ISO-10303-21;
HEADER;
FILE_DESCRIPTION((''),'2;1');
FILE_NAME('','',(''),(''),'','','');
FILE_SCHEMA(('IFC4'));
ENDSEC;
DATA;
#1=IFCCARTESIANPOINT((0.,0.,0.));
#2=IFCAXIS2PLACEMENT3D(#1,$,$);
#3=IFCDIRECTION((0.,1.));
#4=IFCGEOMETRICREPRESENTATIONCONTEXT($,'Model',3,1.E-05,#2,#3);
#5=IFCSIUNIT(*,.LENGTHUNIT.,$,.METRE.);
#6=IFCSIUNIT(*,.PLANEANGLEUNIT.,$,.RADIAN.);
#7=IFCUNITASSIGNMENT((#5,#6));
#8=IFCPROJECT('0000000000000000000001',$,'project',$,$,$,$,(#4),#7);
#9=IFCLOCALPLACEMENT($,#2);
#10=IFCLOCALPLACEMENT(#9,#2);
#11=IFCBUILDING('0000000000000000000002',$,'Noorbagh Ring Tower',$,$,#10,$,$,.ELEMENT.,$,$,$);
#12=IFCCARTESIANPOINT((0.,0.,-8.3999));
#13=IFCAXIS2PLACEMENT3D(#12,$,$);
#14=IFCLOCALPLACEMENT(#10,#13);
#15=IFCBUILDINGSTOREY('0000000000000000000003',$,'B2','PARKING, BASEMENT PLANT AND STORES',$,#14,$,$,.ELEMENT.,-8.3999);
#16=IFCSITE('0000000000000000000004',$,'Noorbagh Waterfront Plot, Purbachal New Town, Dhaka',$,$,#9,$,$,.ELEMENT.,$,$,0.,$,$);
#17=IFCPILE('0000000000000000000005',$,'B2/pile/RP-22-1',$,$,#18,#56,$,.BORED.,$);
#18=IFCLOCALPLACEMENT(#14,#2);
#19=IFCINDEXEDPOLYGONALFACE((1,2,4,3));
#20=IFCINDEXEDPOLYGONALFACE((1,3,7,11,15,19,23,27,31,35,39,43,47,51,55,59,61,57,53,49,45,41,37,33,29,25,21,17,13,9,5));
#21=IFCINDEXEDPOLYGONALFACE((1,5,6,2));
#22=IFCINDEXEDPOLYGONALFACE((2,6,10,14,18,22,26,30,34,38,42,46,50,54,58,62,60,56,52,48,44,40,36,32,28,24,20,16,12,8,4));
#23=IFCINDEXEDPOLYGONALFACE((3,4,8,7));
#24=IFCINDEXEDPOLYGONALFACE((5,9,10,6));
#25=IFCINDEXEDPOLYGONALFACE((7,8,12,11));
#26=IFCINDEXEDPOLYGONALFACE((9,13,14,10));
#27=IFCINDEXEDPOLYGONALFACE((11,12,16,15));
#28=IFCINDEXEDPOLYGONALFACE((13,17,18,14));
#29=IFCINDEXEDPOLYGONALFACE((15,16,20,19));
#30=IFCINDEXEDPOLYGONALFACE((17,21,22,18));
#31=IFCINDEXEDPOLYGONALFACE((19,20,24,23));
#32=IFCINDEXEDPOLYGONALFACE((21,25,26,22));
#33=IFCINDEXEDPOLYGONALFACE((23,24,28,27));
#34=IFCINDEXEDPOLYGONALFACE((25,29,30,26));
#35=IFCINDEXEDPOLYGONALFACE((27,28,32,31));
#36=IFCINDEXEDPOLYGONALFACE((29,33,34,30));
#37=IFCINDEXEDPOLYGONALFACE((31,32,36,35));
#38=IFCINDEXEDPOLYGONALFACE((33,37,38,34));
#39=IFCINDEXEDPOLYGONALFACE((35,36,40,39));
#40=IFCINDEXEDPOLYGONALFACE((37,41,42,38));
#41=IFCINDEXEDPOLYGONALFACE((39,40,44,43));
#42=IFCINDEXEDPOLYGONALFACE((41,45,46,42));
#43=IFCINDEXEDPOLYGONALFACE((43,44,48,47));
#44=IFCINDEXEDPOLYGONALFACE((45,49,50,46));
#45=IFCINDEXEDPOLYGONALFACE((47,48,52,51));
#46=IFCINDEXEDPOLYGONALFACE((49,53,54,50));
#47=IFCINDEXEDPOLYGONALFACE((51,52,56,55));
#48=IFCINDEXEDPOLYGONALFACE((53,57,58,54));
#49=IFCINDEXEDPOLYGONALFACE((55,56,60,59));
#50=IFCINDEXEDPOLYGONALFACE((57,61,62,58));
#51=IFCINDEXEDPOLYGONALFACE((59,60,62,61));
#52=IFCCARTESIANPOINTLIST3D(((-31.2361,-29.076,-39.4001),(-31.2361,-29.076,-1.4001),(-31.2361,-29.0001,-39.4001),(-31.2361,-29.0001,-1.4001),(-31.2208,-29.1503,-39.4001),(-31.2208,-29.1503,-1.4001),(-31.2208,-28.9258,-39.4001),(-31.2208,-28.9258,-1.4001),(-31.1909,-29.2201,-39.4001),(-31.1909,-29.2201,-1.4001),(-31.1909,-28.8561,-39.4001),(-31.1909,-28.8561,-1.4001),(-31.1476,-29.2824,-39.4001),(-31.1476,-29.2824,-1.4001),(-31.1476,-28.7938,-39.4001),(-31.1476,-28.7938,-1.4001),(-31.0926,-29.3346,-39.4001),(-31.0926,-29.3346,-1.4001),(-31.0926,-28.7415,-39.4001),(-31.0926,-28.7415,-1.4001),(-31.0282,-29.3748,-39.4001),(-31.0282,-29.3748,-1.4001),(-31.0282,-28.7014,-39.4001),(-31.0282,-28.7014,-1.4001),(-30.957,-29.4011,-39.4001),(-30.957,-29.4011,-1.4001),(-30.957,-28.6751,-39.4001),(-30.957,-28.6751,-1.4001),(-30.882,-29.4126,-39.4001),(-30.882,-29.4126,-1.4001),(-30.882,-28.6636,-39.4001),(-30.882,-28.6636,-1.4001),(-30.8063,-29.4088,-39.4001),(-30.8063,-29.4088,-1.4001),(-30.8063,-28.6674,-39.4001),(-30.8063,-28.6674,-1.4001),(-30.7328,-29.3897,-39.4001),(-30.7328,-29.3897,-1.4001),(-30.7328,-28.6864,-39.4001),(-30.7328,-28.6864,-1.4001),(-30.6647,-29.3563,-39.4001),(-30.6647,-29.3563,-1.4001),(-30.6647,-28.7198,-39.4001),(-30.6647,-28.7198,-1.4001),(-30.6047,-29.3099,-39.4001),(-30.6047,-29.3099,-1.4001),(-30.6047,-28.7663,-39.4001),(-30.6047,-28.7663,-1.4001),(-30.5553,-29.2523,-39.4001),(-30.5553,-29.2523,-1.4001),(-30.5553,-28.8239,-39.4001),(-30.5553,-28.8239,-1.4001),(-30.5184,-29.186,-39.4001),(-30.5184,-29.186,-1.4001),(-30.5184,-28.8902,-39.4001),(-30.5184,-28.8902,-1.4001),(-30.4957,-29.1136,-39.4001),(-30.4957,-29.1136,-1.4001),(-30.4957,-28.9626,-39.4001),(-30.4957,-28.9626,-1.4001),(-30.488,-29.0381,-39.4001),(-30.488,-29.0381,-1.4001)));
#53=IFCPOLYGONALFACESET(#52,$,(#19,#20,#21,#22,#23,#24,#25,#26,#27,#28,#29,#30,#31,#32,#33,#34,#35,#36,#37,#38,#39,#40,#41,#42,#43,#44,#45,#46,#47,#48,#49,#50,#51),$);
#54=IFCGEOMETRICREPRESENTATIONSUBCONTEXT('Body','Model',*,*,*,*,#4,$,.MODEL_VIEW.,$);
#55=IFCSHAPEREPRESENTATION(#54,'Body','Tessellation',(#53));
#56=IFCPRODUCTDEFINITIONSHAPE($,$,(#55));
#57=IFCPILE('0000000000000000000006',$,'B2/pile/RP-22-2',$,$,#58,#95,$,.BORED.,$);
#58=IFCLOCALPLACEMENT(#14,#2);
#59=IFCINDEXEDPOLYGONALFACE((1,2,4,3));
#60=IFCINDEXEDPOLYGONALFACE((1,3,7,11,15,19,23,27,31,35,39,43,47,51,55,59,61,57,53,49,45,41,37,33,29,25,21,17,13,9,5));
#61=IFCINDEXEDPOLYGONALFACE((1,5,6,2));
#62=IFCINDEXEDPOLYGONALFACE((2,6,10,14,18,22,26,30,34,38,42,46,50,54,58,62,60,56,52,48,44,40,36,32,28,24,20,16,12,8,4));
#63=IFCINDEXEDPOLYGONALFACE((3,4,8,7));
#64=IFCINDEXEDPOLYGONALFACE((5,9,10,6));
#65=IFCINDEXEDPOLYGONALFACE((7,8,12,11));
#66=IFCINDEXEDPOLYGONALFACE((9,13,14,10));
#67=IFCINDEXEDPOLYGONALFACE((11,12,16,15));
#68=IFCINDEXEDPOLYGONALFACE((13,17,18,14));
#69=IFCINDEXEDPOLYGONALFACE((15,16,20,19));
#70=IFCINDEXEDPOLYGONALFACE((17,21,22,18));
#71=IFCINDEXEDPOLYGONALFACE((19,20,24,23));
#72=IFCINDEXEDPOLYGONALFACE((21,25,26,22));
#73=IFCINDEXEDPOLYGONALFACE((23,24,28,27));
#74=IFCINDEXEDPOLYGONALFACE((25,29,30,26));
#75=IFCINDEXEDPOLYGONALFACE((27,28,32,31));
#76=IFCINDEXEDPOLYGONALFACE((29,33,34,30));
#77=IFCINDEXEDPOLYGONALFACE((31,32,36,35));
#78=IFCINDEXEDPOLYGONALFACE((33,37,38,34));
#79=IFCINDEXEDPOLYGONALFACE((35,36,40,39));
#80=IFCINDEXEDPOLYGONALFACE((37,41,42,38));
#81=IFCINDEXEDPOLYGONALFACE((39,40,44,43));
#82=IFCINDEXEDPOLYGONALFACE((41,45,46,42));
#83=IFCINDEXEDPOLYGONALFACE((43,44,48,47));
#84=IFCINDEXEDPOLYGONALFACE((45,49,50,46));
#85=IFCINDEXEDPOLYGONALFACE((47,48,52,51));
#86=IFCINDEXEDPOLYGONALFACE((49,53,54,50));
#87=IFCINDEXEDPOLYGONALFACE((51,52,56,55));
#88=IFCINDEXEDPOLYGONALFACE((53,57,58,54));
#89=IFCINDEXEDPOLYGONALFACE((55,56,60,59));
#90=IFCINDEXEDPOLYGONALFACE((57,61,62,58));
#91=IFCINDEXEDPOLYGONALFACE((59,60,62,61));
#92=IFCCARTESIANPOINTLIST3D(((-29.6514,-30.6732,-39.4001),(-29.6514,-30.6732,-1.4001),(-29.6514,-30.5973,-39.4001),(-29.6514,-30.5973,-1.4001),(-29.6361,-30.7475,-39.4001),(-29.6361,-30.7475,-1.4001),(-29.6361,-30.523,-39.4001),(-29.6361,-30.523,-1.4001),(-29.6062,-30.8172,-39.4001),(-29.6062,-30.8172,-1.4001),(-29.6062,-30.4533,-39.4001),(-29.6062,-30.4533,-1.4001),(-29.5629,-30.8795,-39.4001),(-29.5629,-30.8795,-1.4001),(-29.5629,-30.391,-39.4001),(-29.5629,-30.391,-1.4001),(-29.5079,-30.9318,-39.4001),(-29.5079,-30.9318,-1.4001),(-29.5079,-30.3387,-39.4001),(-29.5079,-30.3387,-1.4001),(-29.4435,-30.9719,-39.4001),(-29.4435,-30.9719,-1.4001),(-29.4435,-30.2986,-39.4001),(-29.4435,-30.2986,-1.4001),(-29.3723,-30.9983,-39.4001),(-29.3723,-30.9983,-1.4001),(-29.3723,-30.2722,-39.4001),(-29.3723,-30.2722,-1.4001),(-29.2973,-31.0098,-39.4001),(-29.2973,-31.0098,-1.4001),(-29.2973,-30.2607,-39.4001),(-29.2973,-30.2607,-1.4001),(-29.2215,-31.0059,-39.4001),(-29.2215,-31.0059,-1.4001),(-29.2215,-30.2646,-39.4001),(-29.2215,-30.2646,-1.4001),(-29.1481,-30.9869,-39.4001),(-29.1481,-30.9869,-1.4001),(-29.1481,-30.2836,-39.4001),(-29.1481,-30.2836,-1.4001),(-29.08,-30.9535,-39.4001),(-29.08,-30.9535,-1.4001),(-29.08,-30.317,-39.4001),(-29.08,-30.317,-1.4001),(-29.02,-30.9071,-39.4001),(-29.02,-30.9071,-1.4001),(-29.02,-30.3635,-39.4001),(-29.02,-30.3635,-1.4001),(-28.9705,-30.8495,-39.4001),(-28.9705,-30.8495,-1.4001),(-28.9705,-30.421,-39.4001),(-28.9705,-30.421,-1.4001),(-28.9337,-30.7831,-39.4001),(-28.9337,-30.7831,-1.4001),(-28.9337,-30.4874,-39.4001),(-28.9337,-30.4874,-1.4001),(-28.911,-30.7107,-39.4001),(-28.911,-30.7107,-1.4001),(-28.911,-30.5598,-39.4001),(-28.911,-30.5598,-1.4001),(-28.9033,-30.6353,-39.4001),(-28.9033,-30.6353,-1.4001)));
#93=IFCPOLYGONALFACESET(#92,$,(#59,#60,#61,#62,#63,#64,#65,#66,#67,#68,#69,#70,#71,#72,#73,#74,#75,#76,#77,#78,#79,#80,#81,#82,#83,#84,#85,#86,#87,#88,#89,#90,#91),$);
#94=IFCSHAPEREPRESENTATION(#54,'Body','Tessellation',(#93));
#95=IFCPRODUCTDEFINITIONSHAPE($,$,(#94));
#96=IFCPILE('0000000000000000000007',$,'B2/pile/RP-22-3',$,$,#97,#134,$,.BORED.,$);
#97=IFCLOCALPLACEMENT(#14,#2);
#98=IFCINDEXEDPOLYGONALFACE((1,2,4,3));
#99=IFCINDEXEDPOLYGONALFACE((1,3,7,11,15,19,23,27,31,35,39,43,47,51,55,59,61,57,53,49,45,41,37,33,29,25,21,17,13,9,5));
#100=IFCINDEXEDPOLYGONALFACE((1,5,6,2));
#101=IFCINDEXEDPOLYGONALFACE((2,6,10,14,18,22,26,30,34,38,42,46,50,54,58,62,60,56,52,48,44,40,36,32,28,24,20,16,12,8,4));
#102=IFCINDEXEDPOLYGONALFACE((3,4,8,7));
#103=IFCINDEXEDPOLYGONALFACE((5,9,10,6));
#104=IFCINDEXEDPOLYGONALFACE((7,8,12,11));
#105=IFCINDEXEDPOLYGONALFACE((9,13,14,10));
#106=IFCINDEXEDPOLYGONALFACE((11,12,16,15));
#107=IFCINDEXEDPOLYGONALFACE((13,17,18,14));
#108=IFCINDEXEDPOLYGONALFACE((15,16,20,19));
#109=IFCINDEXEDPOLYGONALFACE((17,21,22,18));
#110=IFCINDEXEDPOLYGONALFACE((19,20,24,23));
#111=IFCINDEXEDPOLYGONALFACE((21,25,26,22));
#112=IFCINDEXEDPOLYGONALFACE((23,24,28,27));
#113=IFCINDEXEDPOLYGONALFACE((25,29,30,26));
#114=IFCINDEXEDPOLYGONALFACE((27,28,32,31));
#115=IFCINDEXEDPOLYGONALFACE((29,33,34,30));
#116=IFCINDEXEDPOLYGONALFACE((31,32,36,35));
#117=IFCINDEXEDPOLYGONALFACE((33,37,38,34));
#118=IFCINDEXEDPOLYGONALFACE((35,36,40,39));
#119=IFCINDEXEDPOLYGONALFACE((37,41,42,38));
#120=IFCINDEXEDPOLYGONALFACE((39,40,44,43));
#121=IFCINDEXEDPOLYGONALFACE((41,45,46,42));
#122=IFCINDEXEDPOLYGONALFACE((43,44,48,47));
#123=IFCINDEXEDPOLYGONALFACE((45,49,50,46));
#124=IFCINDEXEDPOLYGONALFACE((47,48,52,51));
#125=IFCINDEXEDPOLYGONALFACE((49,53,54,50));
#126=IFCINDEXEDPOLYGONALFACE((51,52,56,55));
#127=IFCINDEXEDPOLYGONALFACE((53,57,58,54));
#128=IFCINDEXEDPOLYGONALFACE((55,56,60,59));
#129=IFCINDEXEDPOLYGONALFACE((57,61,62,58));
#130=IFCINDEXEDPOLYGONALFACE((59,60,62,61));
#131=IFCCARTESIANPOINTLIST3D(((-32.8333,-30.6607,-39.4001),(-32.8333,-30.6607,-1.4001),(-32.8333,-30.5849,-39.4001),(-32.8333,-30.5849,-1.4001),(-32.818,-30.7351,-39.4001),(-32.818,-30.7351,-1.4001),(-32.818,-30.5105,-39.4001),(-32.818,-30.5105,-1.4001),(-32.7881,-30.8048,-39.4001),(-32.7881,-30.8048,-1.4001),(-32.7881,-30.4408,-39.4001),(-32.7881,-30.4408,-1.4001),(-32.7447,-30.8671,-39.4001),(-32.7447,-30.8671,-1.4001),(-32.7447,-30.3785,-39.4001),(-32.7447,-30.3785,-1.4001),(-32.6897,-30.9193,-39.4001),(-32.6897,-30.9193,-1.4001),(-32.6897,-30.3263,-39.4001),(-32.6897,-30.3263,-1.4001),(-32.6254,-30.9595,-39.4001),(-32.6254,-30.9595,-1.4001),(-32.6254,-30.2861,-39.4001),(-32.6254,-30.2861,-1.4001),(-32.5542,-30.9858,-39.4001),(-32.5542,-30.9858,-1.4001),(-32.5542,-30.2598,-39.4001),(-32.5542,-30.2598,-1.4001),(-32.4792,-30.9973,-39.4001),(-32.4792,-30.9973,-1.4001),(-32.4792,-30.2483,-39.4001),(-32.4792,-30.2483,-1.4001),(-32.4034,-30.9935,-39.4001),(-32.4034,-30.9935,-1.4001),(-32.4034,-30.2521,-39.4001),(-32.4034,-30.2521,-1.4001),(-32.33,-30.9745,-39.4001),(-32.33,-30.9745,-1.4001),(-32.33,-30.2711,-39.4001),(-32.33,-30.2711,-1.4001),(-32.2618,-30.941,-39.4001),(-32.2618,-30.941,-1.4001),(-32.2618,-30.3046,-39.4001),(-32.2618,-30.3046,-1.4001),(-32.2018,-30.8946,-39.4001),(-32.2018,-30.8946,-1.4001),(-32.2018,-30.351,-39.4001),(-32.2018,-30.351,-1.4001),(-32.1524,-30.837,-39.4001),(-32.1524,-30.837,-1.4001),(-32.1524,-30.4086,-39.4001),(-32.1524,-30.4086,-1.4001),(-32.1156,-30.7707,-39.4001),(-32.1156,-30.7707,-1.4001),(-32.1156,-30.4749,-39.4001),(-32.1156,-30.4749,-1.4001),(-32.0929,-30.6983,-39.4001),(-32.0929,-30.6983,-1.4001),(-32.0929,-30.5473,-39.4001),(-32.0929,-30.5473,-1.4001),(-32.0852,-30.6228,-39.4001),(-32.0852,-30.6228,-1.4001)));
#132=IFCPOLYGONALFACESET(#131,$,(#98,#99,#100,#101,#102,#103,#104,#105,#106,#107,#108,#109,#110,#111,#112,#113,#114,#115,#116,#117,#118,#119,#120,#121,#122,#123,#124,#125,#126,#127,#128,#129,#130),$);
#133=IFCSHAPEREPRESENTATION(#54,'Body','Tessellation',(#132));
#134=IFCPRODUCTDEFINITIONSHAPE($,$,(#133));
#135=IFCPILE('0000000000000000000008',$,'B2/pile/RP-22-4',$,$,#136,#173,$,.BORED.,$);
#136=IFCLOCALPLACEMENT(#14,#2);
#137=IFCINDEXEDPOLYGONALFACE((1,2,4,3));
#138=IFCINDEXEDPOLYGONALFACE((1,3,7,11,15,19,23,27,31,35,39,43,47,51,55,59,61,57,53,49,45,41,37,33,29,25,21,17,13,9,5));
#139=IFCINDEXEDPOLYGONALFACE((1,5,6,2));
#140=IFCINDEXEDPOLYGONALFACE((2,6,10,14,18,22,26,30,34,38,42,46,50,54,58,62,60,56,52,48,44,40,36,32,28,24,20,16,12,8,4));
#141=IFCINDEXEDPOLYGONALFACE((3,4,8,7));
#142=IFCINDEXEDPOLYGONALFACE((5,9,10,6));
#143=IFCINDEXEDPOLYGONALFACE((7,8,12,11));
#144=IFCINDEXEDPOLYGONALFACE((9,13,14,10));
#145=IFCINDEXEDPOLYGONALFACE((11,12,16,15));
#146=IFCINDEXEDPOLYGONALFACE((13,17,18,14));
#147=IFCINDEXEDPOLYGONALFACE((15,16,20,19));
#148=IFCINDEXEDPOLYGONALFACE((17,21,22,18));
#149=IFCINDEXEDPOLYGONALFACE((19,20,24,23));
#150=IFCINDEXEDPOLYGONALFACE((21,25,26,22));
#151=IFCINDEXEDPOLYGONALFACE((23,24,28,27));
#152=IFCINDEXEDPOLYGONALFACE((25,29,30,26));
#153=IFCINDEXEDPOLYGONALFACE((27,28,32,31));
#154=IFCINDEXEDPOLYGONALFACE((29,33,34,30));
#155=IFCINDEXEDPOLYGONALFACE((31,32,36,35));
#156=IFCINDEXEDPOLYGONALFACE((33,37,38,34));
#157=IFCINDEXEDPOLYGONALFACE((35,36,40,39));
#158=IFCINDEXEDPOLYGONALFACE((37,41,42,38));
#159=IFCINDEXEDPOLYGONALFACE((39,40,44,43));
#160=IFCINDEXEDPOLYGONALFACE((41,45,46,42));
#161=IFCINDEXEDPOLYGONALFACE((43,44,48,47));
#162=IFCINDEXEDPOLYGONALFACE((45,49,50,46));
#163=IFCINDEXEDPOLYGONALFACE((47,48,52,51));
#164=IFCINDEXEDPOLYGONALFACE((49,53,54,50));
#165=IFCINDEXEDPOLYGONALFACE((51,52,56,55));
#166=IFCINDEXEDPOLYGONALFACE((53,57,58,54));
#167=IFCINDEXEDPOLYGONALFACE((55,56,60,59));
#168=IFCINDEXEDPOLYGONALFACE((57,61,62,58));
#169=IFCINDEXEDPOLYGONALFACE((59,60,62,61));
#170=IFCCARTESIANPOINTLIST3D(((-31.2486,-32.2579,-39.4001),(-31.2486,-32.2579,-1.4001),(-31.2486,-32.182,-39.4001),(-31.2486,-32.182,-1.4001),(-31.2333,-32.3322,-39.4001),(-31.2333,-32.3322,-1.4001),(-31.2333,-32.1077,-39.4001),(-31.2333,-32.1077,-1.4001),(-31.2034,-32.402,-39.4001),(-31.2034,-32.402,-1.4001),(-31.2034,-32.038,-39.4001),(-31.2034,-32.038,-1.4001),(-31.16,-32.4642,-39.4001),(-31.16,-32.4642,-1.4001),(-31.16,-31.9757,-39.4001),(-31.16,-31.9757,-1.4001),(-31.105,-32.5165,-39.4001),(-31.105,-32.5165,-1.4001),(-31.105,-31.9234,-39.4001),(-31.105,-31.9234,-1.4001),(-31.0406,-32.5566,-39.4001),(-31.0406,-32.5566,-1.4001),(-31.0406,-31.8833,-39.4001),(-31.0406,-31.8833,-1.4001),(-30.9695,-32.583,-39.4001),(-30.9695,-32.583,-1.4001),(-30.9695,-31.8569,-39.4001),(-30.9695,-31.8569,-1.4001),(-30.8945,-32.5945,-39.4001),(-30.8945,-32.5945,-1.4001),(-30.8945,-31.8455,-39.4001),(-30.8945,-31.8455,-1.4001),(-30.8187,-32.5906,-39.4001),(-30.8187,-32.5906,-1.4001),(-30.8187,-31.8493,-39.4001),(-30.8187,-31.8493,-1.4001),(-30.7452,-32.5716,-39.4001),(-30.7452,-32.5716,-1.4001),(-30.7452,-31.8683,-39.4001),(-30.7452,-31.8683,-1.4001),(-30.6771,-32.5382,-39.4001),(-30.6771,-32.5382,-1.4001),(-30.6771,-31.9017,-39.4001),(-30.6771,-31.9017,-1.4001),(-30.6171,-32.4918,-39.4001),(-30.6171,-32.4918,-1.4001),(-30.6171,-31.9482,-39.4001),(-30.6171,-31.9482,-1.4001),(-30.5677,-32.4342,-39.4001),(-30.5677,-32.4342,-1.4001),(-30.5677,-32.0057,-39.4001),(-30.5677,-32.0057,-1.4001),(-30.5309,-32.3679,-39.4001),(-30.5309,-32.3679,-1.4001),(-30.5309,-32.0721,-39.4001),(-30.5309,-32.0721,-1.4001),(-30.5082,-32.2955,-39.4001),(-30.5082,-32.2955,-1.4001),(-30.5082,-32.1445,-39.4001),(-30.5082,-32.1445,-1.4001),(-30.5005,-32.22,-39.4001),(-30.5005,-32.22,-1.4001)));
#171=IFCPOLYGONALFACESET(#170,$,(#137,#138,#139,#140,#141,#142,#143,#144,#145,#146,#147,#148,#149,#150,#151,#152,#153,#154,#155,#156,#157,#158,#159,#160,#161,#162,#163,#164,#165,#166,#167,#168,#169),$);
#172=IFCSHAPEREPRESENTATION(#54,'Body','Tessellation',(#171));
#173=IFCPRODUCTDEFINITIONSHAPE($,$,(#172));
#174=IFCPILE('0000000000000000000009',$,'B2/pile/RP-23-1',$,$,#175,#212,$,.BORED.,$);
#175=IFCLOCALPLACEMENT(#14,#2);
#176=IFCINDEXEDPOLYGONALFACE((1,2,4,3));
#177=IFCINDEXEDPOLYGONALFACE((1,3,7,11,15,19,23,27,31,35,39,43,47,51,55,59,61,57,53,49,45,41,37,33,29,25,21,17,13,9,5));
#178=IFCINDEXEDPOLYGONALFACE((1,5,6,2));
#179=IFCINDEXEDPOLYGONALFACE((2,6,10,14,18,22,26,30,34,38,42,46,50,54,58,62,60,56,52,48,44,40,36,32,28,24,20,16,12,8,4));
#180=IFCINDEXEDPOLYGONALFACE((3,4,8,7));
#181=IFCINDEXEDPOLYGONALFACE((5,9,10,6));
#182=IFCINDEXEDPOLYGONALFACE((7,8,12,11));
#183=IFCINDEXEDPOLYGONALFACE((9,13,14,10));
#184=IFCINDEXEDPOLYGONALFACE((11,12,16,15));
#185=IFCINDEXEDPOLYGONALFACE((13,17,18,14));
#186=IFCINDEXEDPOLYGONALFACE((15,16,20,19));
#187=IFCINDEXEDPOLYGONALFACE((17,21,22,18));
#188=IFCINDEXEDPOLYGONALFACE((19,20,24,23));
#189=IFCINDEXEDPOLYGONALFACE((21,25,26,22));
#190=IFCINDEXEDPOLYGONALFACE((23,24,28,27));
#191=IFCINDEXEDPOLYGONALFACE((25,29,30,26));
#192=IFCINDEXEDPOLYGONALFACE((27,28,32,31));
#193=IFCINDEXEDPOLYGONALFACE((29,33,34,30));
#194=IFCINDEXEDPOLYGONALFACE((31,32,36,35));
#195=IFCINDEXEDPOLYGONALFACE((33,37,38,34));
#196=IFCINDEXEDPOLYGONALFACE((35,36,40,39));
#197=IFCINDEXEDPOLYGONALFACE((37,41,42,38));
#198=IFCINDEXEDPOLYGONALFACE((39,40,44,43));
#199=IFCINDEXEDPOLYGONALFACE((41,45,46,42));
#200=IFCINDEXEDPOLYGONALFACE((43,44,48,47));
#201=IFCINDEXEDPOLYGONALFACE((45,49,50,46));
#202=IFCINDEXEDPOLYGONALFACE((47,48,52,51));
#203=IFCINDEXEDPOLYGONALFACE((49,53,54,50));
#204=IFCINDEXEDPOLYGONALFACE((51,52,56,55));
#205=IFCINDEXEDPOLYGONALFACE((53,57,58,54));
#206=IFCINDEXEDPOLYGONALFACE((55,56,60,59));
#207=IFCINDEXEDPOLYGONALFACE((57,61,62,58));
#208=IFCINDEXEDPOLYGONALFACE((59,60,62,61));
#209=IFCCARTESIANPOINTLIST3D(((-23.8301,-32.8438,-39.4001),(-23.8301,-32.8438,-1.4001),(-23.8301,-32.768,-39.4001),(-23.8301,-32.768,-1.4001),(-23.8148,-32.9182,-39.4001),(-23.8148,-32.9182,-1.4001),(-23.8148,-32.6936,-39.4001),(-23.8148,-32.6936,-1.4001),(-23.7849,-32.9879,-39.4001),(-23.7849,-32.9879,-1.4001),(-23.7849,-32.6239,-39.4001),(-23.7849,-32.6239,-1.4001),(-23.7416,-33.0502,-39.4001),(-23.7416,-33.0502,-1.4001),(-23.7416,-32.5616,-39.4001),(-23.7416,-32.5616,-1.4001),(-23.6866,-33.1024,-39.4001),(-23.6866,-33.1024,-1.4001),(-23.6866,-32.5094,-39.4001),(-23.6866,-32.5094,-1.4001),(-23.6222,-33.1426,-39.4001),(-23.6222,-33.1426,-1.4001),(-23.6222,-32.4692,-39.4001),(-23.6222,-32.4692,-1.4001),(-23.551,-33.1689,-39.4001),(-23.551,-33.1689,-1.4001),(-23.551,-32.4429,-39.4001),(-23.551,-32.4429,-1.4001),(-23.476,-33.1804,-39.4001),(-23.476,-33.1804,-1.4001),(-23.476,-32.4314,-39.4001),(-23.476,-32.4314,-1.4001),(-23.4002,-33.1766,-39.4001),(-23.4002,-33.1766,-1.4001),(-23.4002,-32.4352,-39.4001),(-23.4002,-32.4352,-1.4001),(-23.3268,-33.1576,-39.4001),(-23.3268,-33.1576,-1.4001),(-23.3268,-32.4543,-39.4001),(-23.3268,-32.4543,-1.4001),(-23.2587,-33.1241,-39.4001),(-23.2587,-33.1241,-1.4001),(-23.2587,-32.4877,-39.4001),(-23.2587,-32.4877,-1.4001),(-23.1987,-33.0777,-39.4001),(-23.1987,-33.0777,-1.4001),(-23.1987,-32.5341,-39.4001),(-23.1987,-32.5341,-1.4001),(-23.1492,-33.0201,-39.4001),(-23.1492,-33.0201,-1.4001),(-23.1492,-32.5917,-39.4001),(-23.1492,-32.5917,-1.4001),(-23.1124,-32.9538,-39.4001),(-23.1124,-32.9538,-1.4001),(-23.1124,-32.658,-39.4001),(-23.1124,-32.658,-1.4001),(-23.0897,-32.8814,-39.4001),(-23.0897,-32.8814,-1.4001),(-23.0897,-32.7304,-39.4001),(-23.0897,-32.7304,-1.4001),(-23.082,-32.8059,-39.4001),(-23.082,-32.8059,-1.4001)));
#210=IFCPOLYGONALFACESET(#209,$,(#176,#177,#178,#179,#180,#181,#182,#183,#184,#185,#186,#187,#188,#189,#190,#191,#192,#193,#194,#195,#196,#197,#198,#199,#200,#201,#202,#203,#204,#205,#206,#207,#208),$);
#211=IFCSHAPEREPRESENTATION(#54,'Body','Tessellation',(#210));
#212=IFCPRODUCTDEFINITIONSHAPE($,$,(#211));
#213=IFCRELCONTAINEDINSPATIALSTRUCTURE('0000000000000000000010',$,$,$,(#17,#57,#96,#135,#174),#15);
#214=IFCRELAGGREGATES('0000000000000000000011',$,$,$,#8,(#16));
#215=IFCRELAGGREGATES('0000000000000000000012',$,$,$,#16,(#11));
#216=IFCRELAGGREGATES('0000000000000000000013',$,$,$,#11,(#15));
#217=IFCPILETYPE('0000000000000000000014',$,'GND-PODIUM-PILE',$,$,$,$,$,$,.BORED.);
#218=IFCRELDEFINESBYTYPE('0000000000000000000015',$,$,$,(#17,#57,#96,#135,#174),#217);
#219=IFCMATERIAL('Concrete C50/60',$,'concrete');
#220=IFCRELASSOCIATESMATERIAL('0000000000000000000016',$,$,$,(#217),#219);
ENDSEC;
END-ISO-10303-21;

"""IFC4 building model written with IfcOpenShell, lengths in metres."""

from ifc_helpers import new_model, si_unit, direction, frame, origin, origin_2d, place, context, subcontext, project, spatial, circle, extrude, material, material_profile, profile_set, type_object, element, save


model = new_model("IFC4")

# Units and contexts
model_context = context("Model", 3, precision=1e-05, world=origin(), true_north=direction((0.0, 1.0)))
body_context = subcontext(model_context, "Body", "Model", "MODEL_VIEW")
ifc_project = project(units=[si_unit("LENGTHUNIT", "METRE"), si_unit("PLANEANGLEUNIT", "RADIAN")], contexts=[model_context])

# Site, building, storey
site_placement = place(None, origin())
site = spatial("IfcSite", under=ifc_project, at=site_placement, Name="Noorbagh Waterfront Plot, Purbachal New Town, Dhaka", CompositionType="ELEMENT", RefElevation=0.0)
building_placement = place(site_placement, origin())
building = spatial("IfcBuilding", under=site, at=building_placement, Name="Noorbagh Ring Tower", CompositionType="ELEMENT")
storey_placement = place(building_placement, frame((0.0, 0.0, -8.3999)))
storey = spatial("IfcBuildingStorey", under=building, at=storey_placement, Name="B2", Description="PARKING, BASEMENT PLANT AND STORES", CompositionType="ELEMENT", Elevation=-8.3999)

# Piles
ifc_material_1 = material(Name="Concrete C50/60", Category="concrete")
ifc_material_profile_1 = material_profile(ifc_material_1, circle(Radius=0.375, at=origin_2d()), Name="PILE750")
ifc_profile_set_1 = profile_set([ifc_material_profile_1], Name="Concrete C50/60")
pile_type_1 = type_object("IfcPileType", Name="GND-PODIUM-PILE", PredefinedType="BORED", material=ifc_profile_set_1)
for number, where, z_axis, x_axis, name in (
    (1, (-30.863, -29.0381, -1.4001), (0.0, 0.0, -1.0), (1.0, 0.0, 0.0), "B2/pile/RP-22-1"),
    (2, (-29.2783, -30.6353, -1.4001), (0.0, 0.0, -1.0), (1.0, 0.0, 0.0), "B2/pile/RP-22-2"),
    (3, (-32.4602, -30.6228, -1.4001), (0.0, 0.0, -1.0), (1.0, 0.0, 0.0), "B2/pile/RP-22-3"),
    (4, (-30.8755, -32.22, -1.4001), (0.0, 0.0, -1.0), (1.0, 0.0, 0.0), "B2/pile/RP-22-4"),
    (5, (-23.457, -32.8059, -1.4001), (0.0, 0.0, -1.0), (1.0, 0.0, 0.0), "B2/pile/RP-23-1"),
):
    element("IfcPile", number, at=place(storey_placement, frame(where, z_axis=z_axis, x_axis=x_axis)), inside=storey, type_object=pile_type_1, Name=name, PredefinedType="BORED", context=body_context, shape_type="SweptSolid", body=[
        extrude(circle(Radius=0.375, at=origin_2d()), origin(), (0.0, 0.0, 1.0), 38.0),
    ])

save(model, "model.ifc")
